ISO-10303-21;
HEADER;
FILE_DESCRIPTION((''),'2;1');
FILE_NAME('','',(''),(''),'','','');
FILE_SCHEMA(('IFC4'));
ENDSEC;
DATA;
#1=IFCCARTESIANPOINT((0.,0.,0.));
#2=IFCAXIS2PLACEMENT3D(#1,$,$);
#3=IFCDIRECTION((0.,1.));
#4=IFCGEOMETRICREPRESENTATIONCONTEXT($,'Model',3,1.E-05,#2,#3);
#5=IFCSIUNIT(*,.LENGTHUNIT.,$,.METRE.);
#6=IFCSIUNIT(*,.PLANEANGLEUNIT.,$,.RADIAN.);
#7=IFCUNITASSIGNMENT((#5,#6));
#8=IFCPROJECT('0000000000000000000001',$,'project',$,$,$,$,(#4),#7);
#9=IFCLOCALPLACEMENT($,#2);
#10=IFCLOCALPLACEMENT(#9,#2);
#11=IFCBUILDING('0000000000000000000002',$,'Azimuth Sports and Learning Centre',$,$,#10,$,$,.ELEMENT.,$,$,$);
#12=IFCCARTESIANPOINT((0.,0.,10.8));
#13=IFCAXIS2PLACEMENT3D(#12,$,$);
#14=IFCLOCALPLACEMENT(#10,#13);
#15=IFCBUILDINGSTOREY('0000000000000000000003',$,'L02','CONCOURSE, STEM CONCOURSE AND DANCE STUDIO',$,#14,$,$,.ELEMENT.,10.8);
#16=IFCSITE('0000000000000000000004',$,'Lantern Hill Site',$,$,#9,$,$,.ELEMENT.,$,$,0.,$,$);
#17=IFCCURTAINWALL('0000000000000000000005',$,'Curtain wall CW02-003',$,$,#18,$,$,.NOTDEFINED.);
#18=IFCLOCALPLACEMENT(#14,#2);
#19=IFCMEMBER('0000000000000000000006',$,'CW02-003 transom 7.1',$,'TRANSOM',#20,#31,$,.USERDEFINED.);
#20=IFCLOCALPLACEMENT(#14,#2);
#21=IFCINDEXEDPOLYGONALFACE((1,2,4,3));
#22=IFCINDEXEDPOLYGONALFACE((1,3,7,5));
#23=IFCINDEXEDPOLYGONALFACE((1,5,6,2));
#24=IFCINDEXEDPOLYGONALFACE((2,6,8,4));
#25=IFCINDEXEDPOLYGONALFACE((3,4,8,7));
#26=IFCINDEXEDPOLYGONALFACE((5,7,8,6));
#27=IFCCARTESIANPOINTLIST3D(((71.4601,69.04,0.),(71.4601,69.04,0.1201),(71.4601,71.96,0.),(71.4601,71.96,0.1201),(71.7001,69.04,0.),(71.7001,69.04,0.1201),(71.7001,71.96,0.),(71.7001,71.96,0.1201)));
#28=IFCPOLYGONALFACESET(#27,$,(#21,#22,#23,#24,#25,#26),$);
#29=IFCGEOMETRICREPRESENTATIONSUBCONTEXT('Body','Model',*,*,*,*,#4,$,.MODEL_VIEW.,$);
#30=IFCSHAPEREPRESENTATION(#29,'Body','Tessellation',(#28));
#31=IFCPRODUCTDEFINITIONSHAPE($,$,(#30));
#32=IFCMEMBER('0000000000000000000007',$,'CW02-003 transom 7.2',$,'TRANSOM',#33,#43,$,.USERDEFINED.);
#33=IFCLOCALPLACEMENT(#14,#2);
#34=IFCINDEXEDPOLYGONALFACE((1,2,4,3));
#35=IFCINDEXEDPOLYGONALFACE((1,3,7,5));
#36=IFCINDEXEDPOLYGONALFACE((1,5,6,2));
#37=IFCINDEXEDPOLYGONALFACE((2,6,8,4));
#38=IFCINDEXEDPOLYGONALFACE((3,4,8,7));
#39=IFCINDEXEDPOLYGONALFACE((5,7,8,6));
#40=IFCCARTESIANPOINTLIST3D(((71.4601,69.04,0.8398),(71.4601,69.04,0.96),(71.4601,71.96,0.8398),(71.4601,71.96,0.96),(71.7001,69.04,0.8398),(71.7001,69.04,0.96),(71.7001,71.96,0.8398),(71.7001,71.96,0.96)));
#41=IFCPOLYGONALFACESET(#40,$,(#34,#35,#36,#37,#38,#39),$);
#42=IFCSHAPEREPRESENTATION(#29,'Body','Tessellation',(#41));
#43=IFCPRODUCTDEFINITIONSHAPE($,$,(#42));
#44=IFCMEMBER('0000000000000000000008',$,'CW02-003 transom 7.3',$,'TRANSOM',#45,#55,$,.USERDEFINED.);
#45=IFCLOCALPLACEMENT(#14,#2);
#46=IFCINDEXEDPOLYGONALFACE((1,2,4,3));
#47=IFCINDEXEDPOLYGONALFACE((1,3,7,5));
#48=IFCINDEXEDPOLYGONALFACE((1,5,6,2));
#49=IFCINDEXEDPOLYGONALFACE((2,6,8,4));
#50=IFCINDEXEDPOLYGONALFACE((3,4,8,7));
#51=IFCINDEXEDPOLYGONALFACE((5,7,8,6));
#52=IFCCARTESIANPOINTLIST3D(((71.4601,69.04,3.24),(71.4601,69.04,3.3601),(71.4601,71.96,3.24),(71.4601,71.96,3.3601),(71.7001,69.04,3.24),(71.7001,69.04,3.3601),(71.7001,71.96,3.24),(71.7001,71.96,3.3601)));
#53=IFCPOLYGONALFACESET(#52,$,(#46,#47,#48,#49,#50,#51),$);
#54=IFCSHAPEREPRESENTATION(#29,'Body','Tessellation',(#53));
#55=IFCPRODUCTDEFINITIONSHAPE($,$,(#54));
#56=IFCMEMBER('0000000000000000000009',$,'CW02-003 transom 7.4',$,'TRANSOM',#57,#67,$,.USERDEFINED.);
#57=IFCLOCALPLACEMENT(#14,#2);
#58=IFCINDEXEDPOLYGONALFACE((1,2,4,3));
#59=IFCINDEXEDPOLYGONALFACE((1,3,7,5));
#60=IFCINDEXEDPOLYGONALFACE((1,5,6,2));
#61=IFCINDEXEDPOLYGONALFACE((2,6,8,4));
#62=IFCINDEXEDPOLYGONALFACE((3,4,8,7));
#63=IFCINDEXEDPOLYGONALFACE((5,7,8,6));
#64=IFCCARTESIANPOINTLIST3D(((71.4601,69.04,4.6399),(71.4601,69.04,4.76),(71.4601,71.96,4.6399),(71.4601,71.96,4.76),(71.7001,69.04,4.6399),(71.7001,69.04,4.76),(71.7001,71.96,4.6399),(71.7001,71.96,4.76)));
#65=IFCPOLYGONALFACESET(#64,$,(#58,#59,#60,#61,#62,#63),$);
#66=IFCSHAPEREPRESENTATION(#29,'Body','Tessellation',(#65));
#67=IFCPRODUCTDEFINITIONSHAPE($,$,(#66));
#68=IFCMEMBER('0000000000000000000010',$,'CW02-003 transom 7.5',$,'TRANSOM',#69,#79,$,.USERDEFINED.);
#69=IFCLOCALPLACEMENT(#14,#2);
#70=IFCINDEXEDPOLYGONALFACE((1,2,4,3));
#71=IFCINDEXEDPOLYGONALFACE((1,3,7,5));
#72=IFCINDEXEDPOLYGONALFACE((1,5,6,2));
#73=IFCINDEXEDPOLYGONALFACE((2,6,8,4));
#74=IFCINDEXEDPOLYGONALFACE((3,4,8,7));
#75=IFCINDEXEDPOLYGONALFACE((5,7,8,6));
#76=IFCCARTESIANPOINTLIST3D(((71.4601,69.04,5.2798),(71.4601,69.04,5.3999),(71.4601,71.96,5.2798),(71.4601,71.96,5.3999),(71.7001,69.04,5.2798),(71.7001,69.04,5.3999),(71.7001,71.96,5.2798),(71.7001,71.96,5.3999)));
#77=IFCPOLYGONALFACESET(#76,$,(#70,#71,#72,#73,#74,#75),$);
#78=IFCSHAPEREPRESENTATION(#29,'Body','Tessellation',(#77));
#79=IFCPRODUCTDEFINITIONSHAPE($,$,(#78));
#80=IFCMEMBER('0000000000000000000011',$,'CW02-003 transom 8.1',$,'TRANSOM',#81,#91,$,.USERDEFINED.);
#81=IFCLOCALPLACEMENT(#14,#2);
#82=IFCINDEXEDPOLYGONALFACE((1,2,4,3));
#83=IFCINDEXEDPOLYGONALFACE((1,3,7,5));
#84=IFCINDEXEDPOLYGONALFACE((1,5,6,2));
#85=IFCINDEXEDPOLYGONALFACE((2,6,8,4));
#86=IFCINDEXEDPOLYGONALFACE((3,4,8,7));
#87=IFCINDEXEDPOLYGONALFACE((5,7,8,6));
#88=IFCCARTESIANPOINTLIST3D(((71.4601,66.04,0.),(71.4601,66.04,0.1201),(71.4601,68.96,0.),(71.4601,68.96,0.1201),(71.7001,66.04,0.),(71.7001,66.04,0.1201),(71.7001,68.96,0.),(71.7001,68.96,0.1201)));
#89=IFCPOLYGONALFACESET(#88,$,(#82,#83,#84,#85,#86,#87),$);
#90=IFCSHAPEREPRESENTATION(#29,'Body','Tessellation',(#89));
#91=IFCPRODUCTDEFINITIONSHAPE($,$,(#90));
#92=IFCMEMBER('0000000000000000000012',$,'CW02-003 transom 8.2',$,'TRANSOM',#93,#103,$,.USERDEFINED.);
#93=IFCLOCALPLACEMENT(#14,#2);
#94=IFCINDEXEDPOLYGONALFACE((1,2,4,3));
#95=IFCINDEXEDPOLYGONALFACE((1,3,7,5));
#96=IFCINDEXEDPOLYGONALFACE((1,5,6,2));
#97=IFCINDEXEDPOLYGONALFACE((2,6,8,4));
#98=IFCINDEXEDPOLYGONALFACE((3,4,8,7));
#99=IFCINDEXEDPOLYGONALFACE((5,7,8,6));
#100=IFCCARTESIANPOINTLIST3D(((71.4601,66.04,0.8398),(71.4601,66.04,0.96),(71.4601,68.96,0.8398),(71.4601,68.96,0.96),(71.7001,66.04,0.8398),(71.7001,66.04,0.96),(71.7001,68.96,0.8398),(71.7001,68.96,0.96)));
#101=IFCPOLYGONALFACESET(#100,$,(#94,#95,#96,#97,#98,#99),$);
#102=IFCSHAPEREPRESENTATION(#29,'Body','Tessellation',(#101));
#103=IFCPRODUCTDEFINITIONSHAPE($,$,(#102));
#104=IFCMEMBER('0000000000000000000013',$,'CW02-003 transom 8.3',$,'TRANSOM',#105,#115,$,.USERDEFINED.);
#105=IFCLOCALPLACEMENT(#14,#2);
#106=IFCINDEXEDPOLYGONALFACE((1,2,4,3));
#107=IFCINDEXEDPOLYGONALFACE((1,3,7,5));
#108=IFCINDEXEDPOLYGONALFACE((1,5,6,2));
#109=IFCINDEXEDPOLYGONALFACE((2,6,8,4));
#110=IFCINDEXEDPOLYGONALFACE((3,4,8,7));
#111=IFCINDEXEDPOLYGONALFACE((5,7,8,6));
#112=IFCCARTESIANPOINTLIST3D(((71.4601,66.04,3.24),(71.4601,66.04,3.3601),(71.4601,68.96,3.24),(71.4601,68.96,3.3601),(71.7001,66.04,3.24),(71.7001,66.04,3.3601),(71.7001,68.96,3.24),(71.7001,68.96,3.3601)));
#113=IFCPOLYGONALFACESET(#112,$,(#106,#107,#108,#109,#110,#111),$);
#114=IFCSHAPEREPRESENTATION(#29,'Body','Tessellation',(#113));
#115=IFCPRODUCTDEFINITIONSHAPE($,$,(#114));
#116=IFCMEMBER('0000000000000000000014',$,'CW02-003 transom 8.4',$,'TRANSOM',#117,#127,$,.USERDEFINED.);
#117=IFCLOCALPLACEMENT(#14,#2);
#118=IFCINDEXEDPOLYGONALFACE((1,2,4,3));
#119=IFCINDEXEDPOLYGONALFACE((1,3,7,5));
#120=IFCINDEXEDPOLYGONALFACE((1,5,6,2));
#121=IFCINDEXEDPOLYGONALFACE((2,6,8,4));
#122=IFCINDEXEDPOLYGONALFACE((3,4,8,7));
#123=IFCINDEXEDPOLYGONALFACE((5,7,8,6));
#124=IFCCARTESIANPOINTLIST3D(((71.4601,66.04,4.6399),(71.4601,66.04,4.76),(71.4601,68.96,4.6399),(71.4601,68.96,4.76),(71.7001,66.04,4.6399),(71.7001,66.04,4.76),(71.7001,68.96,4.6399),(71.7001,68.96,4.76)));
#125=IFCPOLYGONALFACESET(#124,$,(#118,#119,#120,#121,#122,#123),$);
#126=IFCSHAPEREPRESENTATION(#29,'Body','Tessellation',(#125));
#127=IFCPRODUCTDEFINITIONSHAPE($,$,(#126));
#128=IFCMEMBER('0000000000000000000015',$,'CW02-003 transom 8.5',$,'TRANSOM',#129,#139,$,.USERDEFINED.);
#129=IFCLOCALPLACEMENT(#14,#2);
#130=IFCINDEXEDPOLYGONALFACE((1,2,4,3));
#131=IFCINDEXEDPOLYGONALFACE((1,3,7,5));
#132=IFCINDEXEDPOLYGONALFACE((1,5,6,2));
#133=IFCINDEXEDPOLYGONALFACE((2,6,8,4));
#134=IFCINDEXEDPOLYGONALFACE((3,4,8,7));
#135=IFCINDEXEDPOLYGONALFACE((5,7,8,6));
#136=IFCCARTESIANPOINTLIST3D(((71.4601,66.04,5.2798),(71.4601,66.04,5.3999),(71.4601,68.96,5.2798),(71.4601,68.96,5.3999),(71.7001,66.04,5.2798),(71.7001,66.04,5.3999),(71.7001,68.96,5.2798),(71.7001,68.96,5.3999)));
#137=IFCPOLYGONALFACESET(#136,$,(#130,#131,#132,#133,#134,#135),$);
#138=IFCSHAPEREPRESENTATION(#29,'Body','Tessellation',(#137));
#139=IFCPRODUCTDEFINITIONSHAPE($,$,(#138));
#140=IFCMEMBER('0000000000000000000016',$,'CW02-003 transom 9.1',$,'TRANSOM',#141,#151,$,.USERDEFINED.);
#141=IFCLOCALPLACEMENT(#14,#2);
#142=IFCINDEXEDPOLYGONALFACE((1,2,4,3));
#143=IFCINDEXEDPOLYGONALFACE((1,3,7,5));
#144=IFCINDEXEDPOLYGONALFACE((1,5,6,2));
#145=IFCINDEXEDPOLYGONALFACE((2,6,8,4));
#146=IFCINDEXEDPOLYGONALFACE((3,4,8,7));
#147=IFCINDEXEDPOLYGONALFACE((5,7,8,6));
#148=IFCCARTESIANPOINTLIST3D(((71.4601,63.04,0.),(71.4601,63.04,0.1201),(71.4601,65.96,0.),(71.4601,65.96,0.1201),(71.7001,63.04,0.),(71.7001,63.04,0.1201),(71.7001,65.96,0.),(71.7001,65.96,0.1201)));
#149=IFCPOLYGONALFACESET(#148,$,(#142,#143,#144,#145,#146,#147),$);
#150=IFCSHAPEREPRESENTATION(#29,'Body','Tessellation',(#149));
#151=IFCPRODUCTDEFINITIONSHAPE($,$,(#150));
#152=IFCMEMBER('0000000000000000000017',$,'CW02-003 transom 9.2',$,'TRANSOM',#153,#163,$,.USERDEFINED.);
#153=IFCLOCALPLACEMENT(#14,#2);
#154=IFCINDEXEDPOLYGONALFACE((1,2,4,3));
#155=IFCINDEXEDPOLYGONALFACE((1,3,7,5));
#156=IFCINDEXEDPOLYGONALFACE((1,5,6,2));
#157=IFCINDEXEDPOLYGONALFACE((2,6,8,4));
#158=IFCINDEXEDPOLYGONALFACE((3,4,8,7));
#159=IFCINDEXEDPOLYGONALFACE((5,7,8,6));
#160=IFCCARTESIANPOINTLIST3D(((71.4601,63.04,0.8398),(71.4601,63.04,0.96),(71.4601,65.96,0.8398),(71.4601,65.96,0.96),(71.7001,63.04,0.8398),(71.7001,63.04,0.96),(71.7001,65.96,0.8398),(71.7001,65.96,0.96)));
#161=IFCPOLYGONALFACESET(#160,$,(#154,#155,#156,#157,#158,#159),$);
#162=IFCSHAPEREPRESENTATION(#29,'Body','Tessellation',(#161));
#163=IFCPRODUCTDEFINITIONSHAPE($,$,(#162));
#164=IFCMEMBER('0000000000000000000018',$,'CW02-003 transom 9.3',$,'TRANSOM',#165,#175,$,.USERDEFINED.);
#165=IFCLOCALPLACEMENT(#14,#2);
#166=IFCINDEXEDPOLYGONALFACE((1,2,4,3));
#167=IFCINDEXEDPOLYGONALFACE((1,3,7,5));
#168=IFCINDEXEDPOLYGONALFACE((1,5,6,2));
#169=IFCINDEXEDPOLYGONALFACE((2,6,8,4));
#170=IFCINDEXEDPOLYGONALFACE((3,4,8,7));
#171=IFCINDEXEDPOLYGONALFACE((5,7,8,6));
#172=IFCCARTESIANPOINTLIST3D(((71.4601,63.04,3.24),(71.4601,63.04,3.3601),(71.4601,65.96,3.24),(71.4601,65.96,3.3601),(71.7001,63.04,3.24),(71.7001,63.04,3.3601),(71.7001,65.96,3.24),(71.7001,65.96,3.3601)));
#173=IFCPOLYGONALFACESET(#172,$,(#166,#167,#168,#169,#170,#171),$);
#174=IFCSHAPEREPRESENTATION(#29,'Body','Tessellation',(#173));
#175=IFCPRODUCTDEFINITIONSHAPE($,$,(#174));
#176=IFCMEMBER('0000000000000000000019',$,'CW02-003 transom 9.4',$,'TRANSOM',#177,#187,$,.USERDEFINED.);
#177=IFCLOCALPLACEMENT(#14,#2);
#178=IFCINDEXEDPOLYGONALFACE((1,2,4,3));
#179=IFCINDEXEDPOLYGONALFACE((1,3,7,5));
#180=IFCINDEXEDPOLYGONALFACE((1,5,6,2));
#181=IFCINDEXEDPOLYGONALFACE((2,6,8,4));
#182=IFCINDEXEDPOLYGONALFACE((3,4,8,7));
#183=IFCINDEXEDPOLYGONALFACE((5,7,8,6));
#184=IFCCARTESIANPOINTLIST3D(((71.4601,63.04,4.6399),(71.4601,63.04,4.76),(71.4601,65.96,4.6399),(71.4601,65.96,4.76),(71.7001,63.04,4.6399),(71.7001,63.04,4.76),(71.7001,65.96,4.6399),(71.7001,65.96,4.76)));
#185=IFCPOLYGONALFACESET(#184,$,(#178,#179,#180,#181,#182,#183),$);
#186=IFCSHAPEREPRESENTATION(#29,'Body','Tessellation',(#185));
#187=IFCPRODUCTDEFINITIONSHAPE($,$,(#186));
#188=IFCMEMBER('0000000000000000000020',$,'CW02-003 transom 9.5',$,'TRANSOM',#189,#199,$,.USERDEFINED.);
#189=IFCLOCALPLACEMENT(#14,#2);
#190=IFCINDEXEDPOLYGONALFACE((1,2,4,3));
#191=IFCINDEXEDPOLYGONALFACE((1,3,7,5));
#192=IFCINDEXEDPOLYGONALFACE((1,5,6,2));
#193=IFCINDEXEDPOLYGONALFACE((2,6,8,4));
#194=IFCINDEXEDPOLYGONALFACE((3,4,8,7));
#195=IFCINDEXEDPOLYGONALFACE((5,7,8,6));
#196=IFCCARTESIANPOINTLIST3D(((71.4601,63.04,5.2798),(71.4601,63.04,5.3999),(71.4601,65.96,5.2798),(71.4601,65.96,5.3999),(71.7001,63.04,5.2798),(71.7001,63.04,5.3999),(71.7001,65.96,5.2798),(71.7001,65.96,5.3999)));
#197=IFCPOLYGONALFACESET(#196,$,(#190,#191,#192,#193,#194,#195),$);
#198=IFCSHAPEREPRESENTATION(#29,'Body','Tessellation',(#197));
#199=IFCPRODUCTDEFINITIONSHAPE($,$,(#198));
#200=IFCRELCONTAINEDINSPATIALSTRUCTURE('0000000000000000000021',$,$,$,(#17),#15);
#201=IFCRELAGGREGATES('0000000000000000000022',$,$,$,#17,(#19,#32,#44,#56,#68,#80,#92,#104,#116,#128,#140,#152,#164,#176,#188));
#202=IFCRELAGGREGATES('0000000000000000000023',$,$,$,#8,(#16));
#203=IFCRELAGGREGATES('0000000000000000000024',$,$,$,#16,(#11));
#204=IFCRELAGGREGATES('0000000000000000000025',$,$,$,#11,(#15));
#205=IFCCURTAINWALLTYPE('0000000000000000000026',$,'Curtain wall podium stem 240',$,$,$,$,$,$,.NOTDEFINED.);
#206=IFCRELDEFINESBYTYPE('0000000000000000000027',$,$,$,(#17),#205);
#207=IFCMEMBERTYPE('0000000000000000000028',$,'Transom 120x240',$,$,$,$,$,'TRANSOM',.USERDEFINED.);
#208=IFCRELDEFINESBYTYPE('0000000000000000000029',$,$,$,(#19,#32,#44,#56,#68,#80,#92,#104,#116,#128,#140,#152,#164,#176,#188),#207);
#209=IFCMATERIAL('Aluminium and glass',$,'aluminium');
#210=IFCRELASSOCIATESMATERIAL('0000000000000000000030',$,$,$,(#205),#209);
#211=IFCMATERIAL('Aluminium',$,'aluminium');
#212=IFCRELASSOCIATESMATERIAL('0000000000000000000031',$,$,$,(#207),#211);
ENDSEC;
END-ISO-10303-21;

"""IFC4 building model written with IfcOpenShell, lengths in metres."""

from ifc_helpers import new_model, si_unit, direction, frame, origin, origin_2d, place, context, subcontext, project, spatial, rectangle, extrude, material, material_profile, profile_set, type_object, element, aggregate, save


model = new_model("IFC4")

# Units and contexts
model_context = context("Model", 3, precision=1e-05, world=origin(), true_north=direction((0.0, 1.0)))
body_context = subcontext(model_context, "Body", "Model", "MODEL_VIEW")
ifc_project = project(units=[si_unit("LENGTHUNIT", "METRE"), si_unit("PLANEANGLEUNIT", "RADIAN")], contexts=[model_context])

# Site, building, storey
site_placement = place(None, origin())
site = spatial("IfcSite", under=ifc_project, at=site_placement, Name="Lantern Hill Site", CompositionType="ELEMENT", RefElevation=0.0)
building_placement = place(site_placement, origin())
building = spatial("IfcBuilding", under=site, at=building_placement, Name="Azimuth Sports and Learning Centre", CompositionType="ELEMENT")
storey_placement = place(building_placement, frame((0.0, 0.0, 10.8)))
storey = spatial("IfcBuildingStorey", under=building, at=storey_placement, Name="L02", Description="CONCOURSE, STEM CONCOURSE AND DANCE STUDIO", CompositionType="ELEMENT", Elevation=10.8)

# Curtain wall, members
ifc_material_1 = material(Name="Aluminium and glass", Category="aluminium")
curtain_wall_type = type_object("IfcCurtainWallType", Name="Curtain wall podium stem 240", PredefinedType="NOTDEFINED", material=ifc_material_1)
curtain_wall_placement = place(storey_placement, origin())
curtain_wall = element("IfcCurtainWall", 1, at=curtain_wall_placement, inside=storey, type_object=curtain_wall_type, Name="Curtain wall CW02-003", PredefinedType="NOTDEFINED")
ifc_material_2 = material(Name="Aluminium", Category="aluminium")
ifc_material_profile_1 = material_profile(ifc_material_2, rectangle(XDim=0.24, YDim=0.1201, at=origin_2d()), Name="Transom 120x240")
ifc_profile_set_1 = profile_set([ifc_material_profile_1], Name="Aluminium")
member_type_1 = type_object("IfcMemberType", Name="Transom 120x240", ElementType="TRANSOM", PredefinedType="USERDEFINED", material=ifc_profile_set_1)
member_1_placement = place(storey_placement, frame((71.5801, 71.96, 0.0601), z_axis=(0.0, -1.0, 0.0), x_axis=(1.0, 0.0, 0.0)))
member_1 = element("IfcMember", 2, at=member_1_placement, type_object=member_type_1, Name="CW02-003 transom 7.1", ObjectType="TRANSOM", PredefinedType="USERDEFINED", context=body_context, shape_type="SweptSolid", body=[
    extrude(rectangle(XDim=0.24, YDim=0.1201, at=origin_2d()), origin(), (0.0, 0.0, 1.0), 2.9199),
])
member_2_placement = place(storey_placement, frame((71.5801, 71.96, 0.8999), z_axis=(0.0, -1.0, 0.0), x_axis=(1.0, 0.0, 0.0)))
member_2 = element("IfcMember", 3, at=member_2_placement, type_object=member_type_1, Name="CW02-003 transom 7.2", ObjectType="TRANSOM", PredefinedType="USERDEFINED", context=body_context, shape_type="SweptSolid", body=[
    extrude(rectangle(XDim=0.24, YDim=0.1201, at=origin_2d()), origin(), (0.0, 0.0, 1.0), 2.9199),
])
member_3_placement = place(storey_placement, frame((71.5801, 71.96, 3.3), z_axis=(0.0, -1.0, 0.0), x_axis=(1.0, 0.0, 0.0)))
member_3 = element("IfcMember", 4, at=member_3_placement, type_object=member_type_1, Name="CW02-003 transom 7.3", ObjectType="TRANSOM", PredefinedType="USERDEFINED", context=body_context, shape_type="SweptSolid", body=[
    extrude(rectangle(XDim=0.24, YDim=0.1201, at=origin_2d()), origin(), (0.0, 0.0, 1.0), 2.9199),
])
member_4_placement = place(storey_placement, frame((71.5801, 71.96, 4.7), z_axis=(0.0, -1.0, 0.0), x_axis=(1.0, 0.0, 0.0)))
member_4 = element("IfcMember", 5, at=member_4_placement, type_object=member_type_1, Name="CW02-003 transom 7.4", ObjectType="TRANSOM", PredefinedType="USERDEFINED", context=body_context, shape_type="SweptSolid", body=[
    extrude(rectangle(XDim=0.24, YDim=0.1201, at=origin_2d()), origin(), (0.0, 0.0, 1.0), 2.9199),
])
member_5_placement = place(storey_placement, frame((71.5801, 71.96, 5.3398), z_axis=(0.0, -1.0, 0.0), x_axis=(1.0, 0.0, 0.0)))
member_5 = element("IfcMember", 6, at=member_5_placement, type_object=member_type_1, Name="CW02-003 transom 7.5", ObjectType="TRANSOM", PredefinedType="USERDEFINED", context=body_context, shape_type="SweptSolid", body=[
    extrude(rectangle(XDim=0.24, YDim=0.1201, at=origin_2d()), origin(), (0.0, 0.0, 1.0), 2.9199),
])
member_6_placement = place(storey_placement, frame((71.5801, 68.96, 0.0601), z_axis=(0.0, -1.0, 0.0), x_axis=(1.0, 0.0, 0.0)))
member_6 = element("IfcMember", 7, at=member_6_placement, type_object=member_type_1, Name="CW02-003 transom 8.1", ObjectType="TRANSOM", PredefinedType="USERDEFINED", context=body_context, shape_type="SweptSolid", body=[
    extrude(rectangle(XDim=0.24, YDim=0.1201, at=origin_2d()), origin(), (0.0, 0.0, 1.0), 2.9199),
])
member_7_placement = place(storey_placement, frame((71.5801, 68.96, 0.8999), z_axis=(0.0, -1.0, 0.0), x_axis=(1.0, 0.0, 0.0)))
member_7 = element("IfcMember", 8, at=member_7_placement, type_object=member_type_1, Name="CW02-003 transom 8.2", ObjectType="TRANSOM", PredefinedType="USERDEFINED", context=body_context, shape_type="SweptSolid", body=[
    extrude(rectangle(XDim=0.24, YDim=0.1201, at=origin_2d()), origin(), (0.0, 0.0, 1.0), 2.9199),
])
member_8_placement = place(storey_placement, frame((71.5801, 68.96, 3.3), z_axis=(0.0, -1.0, 0.0), x_axis=(1.0, 0.0, 0.0)))
member_8 = element("IfcMember", 9, at=member_8_placement, type_object=member_type_1, Name="CW02-003 transom 8.3", ObjectType="TRANSOM", PredefinedType="USERDEFINED", context=body_context, shape_type="SweptSolid", body=[
    extrude(rectangle(XDim=0.24, YDim=0.1201, at=origin_2d()), origin(), (0.0, 0.0, 1.0), 2.9199),
])
member_9_placement = place(storey_placement, frame((71.5801, 68.96, 4.7), z_axis=(0.0, -1.0, 0.0), x_axis=(1.0, 0.0, 0.0)))
member_9 = element("IfcMember", 10, at=member_9_placement, type_object=member_type_1, Name="CW02-003 transom 8.4", ObjectType="TRANSOM", PredefinedType="USERDEFINED", context=body_context, shape_type="SweptSolid", body=[
    extrude(rectangle(XDim=0.24, YDim=0.1201, at=origin_2d()), origin(), (0.0, 0.0, 1.0), 2.9199),
])
member_10_placement = place(storey_placement, frame((71.5801, 68.96, 5.3398), z_axis=(0.0, -1.0, 0.0), x_axis=(1.0, 0.0, 0.0)))
member_10 = element("IfcMember", 11, at=member_10_placement, type_object=member_type_1, Name="CW02-003 transom 8.5", ObjectType="TRANSOM", PredefinedType="USERDEFINED", context=body_context, shape_type="SweptSolid", body=[
    extrude(rectangle(XDim=0.24, YDim=0.1201, at=origin_2d()), origin(), (0.0, 0.0, 1.0), 2.9199),
])
member_11_placement = place(storey_placement, frame((71.5801, 65.96, 0.0601), z_axis=(0.0, -1.0, 0.0), x_axis=(1.0, 0.0, 0.0)))
member_11 = element("IfcMember", 12, at=member_11_placement, type_object=member_type_1, Name="CW02-003 transom 9.1", ObjectType="TRANSOM", PredefinedType="USERDEFINED", context=body_context, shape_type="SweptSolid", body=[
    extrude(rectangle(XDim=0.24, YDim=0.1201, at=origin_2d()), origin(), (0.0, 0.0, 1.0), 2.9199),
])
member_12_placement = place(storey_placement, frame((71.5801, 65.96, 0.8999), z_axis=(0.0, -1.0, 0.0), x_axis=(1.0, 0.0, 0.0)))
member_12 = element("IfcMember", 13, at=member_12_placement, type_object=member_type_1, Name="CW02-003 transom 9.2", ObjectType="TRANSOM", PredefinedType="USERDEFINED", context=body_context, shape_type="SweptSolid", body=[
    extrude(rectangle(XDim=0.24, YDim=0.1201, at=origin_2d()), origin(), (0.0, 0.0, 1.0), 2.9199),
])
member_13_placement = place(storey_placement, frame((71.5801, 65.96, 3.3), z_axis=(0.0, -1.0, 0.0), x_axis=(1.0, 0.0, 0.0)))
member_13 = element("IfcMember", 14, at=member_13_placement, type_object=member_type_1, Name="CW02-003 transom 9.3", ObjectType="TRANSOM", PredefinedType="USERDEFINED", context=body_context, shape_type="SweptSolid", body=[
    extrude(rectangle(XDim=0.24, YDim=0.1201, at=origin_2d()), origin(), (0.0, 0.0, 1.0), 2.9199),
])
member_14_placement = place(storey_placement, frame((71.5801, 65.96, 4.7), z_axis=(0.0, -1.0, 0.0), x_axis=(1.0, 0.0, 0.0)))
member_14 = element("IfcMember", 15, at=member_14_placement, type_object=member_type_1, Name="CW02-003 transom 9.4", ObjectType="TRANSOM", PredefinedType="USERDEFINED", context=body_context, shape_type="SweptSolid", body=[
    extrude(rectangle(XDim=0.24, YDim=0.1201, at=origin_2d()), origin(), (0.0, 0.0, 1.0), 2.9199),
])
member_15_placement = place(storey_placement, frame((71.5801, 65.96, 5.3398), z_axis=(0.0, -1.0, 0.0), x_axis=(1.0, 0.0, 0.0)))
member_15 = element("IfcMember", 16, at=member_15_placement, type_object=member_type_1, Name="CW02-003 transom 9.5", ObjectType="TRANSOM", PredefinedType="USERDEFINED", context=body_context, shape_type="SweptSolid", body=[
    extrude(rectangle(XDim=0.24, YDim=0.1201, at=origin_2d()), origin(), (0.0, 0.0, 1.0), 2.9199),
])
aggregate(curtain_wall, [member_1, member_2, member_3, member_4, member_5, member_6, member_7, member_8, member_9, member_10, member_11, member_12, member_13, member_14, member_15])

save(model, "model.ifc")
